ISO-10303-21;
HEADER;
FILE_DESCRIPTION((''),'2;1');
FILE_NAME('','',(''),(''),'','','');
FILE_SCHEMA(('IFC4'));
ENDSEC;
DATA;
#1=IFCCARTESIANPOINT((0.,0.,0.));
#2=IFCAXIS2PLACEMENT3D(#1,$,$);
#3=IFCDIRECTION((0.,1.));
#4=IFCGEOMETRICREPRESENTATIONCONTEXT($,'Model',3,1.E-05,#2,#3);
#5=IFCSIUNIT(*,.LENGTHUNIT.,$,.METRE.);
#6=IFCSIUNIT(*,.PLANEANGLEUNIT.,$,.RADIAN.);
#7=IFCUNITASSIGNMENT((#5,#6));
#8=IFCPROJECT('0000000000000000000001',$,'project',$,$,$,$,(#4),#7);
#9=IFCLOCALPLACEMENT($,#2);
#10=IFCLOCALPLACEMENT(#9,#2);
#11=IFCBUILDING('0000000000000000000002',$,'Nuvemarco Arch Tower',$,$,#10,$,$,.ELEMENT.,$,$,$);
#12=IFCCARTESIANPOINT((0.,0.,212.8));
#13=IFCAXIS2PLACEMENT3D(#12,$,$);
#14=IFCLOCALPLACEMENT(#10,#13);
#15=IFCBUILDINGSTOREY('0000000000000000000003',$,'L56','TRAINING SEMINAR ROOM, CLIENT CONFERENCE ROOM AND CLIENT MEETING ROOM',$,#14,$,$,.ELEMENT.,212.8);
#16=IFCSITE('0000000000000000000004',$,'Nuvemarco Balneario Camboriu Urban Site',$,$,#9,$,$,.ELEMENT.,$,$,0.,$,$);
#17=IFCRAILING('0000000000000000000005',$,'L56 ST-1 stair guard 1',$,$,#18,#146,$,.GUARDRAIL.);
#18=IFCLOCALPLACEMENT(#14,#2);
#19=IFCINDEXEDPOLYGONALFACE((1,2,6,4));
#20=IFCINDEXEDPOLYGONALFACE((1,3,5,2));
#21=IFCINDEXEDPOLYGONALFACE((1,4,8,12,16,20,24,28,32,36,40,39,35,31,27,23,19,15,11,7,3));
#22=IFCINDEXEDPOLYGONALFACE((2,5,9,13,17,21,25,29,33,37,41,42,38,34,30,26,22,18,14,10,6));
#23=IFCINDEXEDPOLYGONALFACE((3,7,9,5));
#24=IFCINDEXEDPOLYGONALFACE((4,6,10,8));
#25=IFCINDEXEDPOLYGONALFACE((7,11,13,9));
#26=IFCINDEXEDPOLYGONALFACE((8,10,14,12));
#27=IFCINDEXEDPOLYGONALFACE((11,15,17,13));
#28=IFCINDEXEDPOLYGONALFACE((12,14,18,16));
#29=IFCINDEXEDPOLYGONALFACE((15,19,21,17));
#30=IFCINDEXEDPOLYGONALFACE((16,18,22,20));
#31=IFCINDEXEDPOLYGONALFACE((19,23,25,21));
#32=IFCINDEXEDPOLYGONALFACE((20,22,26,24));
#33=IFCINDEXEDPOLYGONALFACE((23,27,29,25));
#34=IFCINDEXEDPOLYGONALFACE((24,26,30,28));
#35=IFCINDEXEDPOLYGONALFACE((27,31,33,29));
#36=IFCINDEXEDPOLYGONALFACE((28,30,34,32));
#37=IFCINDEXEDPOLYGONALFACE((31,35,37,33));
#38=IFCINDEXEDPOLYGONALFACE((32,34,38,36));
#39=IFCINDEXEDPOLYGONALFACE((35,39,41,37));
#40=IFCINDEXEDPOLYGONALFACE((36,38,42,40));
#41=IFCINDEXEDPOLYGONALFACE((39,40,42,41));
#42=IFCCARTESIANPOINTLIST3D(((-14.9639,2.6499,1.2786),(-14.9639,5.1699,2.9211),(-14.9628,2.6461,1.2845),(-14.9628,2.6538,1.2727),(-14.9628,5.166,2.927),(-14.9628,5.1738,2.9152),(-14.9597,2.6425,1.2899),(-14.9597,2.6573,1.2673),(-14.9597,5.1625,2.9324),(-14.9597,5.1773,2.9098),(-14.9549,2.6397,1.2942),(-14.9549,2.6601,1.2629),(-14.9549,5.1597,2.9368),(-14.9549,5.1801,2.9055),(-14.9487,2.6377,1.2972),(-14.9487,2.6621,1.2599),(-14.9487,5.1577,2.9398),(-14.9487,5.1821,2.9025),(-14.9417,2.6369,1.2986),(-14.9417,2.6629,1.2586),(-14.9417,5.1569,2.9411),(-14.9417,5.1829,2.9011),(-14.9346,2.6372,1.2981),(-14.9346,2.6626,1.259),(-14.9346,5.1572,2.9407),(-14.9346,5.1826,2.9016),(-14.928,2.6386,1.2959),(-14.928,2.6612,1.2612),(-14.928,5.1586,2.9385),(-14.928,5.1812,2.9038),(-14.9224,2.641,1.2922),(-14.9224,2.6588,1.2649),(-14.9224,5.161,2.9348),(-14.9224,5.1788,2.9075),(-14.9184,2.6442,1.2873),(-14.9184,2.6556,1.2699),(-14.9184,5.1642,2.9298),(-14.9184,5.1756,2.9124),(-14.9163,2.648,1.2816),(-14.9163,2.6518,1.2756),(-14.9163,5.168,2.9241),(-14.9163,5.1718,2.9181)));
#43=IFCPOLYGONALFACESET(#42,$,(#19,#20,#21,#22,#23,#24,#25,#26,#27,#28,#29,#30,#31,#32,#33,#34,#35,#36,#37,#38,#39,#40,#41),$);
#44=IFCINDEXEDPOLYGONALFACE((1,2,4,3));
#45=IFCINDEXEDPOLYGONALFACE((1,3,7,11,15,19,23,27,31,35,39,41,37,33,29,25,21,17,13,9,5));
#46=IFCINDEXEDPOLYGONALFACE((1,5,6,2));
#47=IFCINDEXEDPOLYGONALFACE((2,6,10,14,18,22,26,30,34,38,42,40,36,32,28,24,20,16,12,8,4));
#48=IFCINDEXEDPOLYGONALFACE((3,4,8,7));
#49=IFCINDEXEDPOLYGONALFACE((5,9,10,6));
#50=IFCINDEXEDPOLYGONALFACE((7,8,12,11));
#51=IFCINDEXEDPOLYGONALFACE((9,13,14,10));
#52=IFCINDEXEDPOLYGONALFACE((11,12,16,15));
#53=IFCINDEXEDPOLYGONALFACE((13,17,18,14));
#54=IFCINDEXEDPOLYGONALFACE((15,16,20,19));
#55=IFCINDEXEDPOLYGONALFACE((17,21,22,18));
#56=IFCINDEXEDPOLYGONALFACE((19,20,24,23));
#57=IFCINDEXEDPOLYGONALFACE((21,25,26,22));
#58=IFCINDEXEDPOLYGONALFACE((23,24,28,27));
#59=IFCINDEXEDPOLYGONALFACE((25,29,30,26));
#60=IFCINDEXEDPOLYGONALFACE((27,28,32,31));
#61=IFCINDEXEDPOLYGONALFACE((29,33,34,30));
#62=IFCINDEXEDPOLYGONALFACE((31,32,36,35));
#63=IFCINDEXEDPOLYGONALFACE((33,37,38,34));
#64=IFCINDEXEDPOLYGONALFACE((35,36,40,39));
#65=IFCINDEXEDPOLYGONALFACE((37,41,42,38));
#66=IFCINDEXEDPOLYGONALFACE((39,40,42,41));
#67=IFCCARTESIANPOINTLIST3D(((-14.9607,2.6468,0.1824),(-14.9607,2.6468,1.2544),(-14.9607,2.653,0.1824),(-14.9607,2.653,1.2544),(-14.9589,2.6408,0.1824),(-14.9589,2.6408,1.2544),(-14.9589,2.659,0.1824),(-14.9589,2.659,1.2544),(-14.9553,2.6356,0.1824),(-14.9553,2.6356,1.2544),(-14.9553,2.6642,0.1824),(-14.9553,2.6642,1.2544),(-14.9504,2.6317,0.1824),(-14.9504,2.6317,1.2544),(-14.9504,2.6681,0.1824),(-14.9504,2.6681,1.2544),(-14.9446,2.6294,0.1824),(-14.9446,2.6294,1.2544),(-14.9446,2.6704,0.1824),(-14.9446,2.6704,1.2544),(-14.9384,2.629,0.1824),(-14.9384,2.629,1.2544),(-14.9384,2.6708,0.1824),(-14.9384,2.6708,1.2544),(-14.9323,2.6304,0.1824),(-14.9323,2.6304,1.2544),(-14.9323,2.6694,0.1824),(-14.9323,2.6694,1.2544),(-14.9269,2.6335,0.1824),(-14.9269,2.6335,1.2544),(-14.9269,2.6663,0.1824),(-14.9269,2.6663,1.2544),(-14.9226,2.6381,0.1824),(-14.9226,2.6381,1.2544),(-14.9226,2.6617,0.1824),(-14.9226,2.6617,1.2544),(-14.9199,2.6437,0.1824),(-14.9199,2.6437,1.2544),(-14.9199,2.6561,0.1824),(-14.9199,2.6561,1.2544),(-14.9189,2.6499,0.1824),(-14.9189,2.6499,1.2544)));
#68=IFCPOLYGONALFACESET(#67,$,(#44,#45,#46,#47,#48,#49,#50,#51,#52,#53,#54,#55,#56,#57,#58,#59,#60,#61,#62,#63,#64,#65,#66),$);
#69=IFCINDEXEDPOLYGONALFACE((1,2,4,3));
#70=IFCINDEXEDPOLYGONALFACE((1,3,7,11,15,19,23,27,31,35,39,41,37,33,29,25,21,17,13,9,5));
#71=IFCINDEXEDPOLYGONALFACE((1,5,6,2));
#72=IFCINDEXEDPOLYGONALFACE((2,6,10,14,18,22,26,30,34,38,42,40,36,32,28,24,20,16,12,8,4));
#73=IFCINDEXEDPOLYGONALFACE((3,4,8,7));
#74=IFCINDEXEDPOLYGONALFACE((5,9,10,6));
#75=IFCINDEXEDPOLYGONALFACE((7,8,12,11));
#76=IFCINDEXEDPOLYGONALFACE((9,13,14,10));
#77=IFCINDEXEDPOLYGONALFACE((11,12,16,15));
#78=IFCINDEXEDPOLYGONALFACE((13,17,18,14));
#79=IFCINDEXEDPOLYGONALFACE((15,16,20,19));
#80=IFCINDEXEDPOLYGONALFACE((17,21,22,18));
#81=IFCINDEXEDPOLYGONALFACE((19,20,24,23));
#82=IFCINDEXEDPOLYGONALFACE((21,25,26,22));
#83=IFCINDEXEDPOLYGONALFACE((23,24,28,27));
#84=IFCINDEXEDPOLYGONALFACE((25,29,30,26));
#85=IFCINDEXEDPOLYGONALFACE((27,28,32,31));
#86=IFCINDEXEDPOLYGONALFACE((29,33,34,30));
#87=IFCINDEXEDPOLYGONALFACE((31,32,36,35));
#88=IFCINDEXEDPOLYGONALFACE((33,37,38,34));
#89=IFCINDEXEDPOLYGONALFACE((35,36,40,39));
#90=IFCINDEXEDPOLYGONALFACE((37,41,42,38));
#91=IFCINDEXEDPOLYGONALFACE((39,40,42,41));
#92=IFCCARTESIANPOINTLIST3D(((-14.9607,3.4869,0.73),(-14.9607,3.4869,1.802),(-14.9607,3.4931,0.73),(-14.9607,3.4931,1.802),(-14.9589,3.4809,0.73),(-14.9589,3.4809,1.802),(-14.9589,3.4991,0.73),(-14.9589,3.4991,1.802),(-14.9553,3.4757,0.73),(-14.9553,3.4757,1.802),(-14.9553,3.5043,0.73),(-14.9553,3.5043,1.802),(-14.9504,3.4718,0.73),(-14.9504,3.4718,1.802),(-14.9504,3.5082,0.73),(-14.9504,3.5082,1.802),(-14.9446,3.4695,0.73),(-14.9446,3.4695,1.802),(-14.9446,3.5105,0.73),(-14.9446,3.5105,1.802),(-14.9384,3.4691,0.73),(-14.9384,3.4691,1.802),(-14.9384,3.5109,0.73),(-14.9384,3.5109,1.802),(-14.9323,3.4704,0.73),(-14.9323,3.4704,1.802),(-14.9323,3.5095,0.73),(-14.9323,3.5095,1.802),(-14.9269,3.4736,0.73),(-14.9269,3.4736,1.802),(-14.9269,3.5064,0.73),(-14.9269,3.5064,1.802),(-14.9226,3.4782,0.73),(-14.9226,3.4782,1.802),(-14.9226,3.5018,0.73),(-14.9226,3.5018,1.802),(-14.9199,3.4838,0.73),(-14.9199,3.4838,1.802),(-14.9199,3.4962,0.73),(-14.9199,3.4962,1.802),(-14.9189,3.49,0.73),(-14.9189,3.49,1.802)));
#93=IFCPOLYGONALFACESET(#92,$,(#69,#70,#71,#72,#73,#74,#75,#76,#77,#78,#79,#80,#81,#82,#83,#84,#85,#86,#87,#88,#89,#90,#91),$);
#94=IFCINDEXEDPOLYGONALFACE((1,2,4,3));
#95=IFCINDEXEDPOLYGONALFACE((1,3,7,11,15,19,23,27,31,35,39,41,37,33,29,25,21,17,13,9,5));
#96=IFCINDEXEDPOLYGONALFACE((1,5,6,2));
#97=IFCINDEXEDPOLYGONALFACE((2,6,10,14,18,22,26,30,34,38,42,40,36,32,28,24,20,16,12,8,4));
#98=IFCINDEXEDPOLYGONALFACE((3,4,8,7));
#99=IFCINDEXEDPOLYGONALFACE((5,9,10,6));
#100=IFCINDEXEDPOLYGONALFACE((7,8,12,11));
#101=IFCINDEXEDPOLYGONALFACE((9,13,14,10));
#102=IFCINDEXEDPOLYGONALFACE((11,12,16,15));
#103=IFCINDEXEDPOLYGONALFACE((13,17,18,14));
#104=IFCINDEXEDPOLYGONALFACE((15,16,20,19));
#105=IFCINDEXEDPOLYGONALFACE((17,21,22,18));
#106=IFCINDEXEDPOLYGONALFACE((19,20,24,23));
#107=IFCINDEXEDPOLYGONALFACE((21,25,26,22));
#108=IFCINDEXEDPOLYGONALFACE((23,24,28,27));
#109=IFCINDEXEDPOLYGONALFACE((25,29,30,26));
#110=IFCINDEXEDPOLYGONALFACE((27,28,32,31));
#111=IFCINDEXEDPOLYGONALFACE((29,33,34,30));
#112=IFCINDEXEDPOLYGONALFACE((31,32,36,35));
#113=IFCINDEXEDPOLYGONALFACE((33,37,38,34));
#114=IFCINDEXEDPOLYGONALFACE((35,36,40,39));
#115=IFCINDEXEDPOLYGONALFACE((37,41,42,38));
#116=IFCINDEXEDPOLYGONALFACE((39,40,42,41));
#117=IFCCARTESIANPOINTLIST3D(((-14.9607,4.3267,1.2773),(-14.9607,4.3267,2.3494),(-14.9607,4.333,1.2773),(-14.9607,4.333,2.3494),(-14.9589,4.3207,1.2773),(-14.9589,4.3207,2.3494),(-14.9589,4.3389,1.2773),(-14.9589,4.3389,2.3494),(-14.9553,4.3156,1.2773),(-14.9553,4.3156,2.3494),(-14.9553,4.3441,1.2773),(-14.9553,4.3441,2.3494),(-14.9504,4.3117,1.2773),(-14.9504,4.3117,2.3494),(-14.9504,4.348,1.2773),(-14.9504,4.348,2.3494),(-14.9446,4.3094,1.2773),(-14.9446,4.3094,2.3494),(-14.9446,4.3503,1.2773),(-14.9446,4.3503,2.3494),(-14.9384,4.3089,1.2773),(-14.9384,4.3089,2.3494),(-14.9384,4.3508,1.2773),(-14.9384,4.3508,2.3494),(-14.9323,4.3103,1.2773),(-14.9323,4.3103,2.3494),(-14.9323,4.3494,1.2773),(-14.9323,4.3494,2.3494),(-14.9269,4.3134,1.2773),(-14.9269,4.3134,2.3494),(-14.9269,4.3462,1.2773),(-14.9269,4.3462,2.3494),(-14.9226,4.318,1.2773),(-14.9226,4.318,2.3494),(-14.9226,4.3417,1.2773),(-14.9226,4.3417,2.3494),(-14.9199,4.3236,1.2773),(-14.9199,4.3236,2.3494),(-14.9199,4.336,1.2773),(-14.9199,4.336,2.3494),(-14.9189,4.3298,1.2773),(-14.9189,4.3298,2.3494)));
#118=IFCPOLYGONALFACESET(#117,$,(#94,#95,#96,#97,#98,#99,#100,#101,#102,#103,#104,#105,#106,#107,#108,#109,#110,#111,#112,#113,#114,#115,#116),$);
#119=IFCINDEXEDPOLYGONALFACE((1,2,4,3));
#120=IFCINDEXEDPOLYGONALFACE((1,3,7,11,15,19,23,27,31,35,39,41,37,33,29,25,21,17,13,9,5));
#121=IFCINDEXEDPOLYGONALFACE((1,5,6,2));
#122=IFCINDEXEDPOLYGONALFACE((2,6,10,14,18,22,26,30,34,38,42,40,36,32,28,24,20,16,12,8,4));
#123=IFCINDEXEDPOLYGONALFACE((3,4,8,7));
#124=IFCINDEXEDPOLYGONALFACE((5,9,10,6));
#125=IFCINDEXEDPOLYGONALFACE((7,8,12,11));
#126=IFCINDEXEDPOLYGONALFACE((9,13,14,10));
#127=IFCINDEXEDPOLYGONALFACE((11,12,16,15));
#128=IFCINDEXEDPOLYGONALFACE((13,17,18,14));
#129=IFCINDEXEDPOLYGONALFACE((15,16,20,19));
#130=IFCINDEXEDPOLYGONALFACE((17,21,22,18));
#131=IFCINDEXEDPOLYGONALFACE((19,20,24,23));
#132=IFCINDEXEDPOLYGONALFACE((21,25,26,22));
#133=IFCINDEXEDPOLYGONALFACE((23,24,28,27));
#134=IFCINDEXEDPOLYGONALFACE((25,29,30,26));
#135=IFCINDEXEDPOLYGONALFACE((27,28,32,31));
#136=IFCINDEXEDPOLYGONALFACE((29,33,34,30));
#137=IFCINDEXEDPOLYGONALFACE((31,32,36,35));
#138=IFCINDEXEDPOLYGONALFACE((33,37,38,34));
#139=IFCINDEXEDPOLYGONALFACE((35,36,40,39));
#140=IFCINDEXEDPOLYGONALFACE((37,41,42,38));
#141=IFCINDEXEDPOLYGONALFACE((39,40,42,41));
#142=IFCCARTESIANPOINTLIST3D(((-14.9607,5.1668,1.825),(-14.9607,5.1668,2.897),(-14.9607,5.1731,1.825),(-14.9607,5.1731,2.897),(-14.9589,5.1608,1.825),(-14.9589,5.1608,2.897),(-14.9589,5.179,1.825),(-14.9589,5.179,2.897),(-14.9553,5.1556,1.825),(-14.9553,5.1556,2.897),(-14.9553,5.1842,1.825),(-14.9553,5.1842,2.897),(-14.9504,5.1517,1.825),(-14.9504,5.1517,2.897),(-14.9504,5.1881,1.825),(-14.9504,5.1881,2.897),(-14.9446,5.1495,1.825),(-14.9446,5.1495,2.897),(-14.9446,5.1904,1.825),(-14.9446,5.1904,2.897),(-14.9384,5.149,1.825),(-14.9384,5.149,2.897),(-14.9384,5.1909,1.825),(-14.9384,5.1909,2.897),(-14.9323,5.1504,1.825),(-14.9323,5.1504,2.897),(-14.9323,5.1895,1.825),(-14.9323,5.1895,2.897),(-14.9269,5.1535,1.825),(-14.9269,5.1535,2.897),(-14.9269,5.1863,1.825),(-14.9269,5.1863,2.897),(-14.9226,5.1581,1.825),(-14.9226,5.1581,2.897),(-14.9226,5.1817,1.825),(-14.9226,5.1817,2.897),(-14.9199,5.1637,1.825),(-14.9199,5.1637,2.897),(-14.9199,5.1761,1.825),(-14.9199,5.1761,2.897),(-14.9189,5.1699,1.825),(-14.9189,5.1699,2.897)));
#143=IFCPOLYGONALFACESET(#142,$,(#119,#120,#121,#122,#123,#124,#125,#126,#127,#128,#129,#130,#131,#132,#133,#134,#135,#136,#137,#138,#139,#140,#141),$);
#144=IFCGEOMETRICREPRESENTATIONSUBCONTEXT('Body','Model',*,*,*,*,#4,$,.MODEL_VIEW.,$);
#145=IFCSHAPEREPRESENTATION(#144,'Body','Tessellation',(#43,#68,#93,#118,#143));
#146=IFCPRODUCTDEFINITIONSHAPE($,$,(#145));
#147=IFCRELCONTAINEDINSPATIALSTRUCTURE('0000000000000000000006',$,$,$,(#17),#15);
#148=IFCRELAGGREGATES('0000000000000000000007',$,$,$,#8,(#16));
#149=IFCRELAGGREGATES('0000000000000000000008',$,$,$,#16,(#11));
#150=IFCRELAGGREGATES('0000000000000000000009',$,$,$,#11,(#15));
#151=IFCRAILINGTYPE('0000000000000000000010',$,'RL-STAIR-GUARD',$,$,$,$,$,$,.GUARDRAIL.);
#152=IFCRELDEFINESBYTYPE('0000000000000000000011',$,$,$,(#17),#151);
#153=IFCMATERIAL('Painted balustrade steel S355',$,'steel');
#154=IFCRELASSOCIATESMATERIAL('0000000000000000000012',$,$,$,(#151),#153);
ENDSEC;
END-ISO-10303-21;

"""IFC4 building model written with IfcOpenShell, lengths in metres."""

from ifc_helpers import new_model, si_unit, direction, frame, origin, origin_2d, place, context, subcontext, project, spatial, circle, extrude, material, type_object, element, save


model = new_model("IFC4")

# Units and contexts
model_context = context("Model", 3, precision=1e-05, world=origin(), true_north=direction((0.0, 1.0)))
body_context = subcontext(model_context, "Body", "Model", "MODEL_VIEW")
ifc_project = project(units=[si_unit("LENGTHUNIT", "METRE"), si_unit("PLANEANGLEUNIT", "RADIAN")], contexts=[model_context])

# Site, building, storey
site_placement = place(None, origin())
site = spatial("IfcSite", under=ifc_project, at=site_placement, Name="Nuvemarco Balneario Camboriu Urban Site", CompositionType="ELEMENT", RefElevation=0.0)
building_placement = place(site_placement, origin())
building = spatial("IfcBuilding", under=site, at=building_placement, Name="Nuvemarco Arch Tower", CompositionType="ELEMENT")
storey_placement = place(building_placement, frame((0.0, 0.0, 212.8)))
storey = spatial("IfcBuildingStorey", under=building, at=storey_placement, Name="L56", Description="TRAINING SEMINAR ROOM, CLIENT CONFERENCE ROOM AND CLIENT MEETING ROOM", CompositionType="ELEMENT", Elevation=212.8)

# Railing
ifc_material_1 = material(Name="Painted balustrade steel S355", Category="steel")
railing_type_1 = type_object("IfcRailingType", Name="RL-STAIR-GUARD", PredefinedType="GUARDRAIL", material=ifc_material_1)
railing_1_placement = place(storey_placement, frame((-14.9399, 2.6499, 0.1824)))
element("IfcRailing", 1, at=railing_1_placement, inside=storey, type_object=railing_type_1, Name="L56 ST-1 stair guard 1", PredefinedType="GUARDRAIL", context=body_context, shape_type="SweptSolid", body=[
    extrude(circle(Radius=0.0239, at=origin_2d()), frame((0.0, 0.0, 1.0962), z_axis=(0.0, 0.837749, 0.546055), x_axis=(-1.0, 0.0, 0.0)), (0.0, 0.0, 1.0), 3.0081),
    extrude(circle(Radius=0.021, at=origin_2d()), origin(), (0.0, 0.0, 1.0), 1.072),
    extrude(circle(Radius=0.021, at=origin_2d()), frame((0.0, 0.8401, 0.5476)), (0.0, 0.0, 1.0), 1.072),
    extrude(circle(Radius=0.021, at=origin_2d()), frame((0.0, 1.6799, 1.095)), (0.0, 0.0, 1.0), 1.072),
    extrude(circle(Radius=0.021, at=origin_2d()), frame((0.0, 2.52, 1.6426)), (0.0, 0.0, 1.0), 1.072),
])

save(model, "model.ifc")
